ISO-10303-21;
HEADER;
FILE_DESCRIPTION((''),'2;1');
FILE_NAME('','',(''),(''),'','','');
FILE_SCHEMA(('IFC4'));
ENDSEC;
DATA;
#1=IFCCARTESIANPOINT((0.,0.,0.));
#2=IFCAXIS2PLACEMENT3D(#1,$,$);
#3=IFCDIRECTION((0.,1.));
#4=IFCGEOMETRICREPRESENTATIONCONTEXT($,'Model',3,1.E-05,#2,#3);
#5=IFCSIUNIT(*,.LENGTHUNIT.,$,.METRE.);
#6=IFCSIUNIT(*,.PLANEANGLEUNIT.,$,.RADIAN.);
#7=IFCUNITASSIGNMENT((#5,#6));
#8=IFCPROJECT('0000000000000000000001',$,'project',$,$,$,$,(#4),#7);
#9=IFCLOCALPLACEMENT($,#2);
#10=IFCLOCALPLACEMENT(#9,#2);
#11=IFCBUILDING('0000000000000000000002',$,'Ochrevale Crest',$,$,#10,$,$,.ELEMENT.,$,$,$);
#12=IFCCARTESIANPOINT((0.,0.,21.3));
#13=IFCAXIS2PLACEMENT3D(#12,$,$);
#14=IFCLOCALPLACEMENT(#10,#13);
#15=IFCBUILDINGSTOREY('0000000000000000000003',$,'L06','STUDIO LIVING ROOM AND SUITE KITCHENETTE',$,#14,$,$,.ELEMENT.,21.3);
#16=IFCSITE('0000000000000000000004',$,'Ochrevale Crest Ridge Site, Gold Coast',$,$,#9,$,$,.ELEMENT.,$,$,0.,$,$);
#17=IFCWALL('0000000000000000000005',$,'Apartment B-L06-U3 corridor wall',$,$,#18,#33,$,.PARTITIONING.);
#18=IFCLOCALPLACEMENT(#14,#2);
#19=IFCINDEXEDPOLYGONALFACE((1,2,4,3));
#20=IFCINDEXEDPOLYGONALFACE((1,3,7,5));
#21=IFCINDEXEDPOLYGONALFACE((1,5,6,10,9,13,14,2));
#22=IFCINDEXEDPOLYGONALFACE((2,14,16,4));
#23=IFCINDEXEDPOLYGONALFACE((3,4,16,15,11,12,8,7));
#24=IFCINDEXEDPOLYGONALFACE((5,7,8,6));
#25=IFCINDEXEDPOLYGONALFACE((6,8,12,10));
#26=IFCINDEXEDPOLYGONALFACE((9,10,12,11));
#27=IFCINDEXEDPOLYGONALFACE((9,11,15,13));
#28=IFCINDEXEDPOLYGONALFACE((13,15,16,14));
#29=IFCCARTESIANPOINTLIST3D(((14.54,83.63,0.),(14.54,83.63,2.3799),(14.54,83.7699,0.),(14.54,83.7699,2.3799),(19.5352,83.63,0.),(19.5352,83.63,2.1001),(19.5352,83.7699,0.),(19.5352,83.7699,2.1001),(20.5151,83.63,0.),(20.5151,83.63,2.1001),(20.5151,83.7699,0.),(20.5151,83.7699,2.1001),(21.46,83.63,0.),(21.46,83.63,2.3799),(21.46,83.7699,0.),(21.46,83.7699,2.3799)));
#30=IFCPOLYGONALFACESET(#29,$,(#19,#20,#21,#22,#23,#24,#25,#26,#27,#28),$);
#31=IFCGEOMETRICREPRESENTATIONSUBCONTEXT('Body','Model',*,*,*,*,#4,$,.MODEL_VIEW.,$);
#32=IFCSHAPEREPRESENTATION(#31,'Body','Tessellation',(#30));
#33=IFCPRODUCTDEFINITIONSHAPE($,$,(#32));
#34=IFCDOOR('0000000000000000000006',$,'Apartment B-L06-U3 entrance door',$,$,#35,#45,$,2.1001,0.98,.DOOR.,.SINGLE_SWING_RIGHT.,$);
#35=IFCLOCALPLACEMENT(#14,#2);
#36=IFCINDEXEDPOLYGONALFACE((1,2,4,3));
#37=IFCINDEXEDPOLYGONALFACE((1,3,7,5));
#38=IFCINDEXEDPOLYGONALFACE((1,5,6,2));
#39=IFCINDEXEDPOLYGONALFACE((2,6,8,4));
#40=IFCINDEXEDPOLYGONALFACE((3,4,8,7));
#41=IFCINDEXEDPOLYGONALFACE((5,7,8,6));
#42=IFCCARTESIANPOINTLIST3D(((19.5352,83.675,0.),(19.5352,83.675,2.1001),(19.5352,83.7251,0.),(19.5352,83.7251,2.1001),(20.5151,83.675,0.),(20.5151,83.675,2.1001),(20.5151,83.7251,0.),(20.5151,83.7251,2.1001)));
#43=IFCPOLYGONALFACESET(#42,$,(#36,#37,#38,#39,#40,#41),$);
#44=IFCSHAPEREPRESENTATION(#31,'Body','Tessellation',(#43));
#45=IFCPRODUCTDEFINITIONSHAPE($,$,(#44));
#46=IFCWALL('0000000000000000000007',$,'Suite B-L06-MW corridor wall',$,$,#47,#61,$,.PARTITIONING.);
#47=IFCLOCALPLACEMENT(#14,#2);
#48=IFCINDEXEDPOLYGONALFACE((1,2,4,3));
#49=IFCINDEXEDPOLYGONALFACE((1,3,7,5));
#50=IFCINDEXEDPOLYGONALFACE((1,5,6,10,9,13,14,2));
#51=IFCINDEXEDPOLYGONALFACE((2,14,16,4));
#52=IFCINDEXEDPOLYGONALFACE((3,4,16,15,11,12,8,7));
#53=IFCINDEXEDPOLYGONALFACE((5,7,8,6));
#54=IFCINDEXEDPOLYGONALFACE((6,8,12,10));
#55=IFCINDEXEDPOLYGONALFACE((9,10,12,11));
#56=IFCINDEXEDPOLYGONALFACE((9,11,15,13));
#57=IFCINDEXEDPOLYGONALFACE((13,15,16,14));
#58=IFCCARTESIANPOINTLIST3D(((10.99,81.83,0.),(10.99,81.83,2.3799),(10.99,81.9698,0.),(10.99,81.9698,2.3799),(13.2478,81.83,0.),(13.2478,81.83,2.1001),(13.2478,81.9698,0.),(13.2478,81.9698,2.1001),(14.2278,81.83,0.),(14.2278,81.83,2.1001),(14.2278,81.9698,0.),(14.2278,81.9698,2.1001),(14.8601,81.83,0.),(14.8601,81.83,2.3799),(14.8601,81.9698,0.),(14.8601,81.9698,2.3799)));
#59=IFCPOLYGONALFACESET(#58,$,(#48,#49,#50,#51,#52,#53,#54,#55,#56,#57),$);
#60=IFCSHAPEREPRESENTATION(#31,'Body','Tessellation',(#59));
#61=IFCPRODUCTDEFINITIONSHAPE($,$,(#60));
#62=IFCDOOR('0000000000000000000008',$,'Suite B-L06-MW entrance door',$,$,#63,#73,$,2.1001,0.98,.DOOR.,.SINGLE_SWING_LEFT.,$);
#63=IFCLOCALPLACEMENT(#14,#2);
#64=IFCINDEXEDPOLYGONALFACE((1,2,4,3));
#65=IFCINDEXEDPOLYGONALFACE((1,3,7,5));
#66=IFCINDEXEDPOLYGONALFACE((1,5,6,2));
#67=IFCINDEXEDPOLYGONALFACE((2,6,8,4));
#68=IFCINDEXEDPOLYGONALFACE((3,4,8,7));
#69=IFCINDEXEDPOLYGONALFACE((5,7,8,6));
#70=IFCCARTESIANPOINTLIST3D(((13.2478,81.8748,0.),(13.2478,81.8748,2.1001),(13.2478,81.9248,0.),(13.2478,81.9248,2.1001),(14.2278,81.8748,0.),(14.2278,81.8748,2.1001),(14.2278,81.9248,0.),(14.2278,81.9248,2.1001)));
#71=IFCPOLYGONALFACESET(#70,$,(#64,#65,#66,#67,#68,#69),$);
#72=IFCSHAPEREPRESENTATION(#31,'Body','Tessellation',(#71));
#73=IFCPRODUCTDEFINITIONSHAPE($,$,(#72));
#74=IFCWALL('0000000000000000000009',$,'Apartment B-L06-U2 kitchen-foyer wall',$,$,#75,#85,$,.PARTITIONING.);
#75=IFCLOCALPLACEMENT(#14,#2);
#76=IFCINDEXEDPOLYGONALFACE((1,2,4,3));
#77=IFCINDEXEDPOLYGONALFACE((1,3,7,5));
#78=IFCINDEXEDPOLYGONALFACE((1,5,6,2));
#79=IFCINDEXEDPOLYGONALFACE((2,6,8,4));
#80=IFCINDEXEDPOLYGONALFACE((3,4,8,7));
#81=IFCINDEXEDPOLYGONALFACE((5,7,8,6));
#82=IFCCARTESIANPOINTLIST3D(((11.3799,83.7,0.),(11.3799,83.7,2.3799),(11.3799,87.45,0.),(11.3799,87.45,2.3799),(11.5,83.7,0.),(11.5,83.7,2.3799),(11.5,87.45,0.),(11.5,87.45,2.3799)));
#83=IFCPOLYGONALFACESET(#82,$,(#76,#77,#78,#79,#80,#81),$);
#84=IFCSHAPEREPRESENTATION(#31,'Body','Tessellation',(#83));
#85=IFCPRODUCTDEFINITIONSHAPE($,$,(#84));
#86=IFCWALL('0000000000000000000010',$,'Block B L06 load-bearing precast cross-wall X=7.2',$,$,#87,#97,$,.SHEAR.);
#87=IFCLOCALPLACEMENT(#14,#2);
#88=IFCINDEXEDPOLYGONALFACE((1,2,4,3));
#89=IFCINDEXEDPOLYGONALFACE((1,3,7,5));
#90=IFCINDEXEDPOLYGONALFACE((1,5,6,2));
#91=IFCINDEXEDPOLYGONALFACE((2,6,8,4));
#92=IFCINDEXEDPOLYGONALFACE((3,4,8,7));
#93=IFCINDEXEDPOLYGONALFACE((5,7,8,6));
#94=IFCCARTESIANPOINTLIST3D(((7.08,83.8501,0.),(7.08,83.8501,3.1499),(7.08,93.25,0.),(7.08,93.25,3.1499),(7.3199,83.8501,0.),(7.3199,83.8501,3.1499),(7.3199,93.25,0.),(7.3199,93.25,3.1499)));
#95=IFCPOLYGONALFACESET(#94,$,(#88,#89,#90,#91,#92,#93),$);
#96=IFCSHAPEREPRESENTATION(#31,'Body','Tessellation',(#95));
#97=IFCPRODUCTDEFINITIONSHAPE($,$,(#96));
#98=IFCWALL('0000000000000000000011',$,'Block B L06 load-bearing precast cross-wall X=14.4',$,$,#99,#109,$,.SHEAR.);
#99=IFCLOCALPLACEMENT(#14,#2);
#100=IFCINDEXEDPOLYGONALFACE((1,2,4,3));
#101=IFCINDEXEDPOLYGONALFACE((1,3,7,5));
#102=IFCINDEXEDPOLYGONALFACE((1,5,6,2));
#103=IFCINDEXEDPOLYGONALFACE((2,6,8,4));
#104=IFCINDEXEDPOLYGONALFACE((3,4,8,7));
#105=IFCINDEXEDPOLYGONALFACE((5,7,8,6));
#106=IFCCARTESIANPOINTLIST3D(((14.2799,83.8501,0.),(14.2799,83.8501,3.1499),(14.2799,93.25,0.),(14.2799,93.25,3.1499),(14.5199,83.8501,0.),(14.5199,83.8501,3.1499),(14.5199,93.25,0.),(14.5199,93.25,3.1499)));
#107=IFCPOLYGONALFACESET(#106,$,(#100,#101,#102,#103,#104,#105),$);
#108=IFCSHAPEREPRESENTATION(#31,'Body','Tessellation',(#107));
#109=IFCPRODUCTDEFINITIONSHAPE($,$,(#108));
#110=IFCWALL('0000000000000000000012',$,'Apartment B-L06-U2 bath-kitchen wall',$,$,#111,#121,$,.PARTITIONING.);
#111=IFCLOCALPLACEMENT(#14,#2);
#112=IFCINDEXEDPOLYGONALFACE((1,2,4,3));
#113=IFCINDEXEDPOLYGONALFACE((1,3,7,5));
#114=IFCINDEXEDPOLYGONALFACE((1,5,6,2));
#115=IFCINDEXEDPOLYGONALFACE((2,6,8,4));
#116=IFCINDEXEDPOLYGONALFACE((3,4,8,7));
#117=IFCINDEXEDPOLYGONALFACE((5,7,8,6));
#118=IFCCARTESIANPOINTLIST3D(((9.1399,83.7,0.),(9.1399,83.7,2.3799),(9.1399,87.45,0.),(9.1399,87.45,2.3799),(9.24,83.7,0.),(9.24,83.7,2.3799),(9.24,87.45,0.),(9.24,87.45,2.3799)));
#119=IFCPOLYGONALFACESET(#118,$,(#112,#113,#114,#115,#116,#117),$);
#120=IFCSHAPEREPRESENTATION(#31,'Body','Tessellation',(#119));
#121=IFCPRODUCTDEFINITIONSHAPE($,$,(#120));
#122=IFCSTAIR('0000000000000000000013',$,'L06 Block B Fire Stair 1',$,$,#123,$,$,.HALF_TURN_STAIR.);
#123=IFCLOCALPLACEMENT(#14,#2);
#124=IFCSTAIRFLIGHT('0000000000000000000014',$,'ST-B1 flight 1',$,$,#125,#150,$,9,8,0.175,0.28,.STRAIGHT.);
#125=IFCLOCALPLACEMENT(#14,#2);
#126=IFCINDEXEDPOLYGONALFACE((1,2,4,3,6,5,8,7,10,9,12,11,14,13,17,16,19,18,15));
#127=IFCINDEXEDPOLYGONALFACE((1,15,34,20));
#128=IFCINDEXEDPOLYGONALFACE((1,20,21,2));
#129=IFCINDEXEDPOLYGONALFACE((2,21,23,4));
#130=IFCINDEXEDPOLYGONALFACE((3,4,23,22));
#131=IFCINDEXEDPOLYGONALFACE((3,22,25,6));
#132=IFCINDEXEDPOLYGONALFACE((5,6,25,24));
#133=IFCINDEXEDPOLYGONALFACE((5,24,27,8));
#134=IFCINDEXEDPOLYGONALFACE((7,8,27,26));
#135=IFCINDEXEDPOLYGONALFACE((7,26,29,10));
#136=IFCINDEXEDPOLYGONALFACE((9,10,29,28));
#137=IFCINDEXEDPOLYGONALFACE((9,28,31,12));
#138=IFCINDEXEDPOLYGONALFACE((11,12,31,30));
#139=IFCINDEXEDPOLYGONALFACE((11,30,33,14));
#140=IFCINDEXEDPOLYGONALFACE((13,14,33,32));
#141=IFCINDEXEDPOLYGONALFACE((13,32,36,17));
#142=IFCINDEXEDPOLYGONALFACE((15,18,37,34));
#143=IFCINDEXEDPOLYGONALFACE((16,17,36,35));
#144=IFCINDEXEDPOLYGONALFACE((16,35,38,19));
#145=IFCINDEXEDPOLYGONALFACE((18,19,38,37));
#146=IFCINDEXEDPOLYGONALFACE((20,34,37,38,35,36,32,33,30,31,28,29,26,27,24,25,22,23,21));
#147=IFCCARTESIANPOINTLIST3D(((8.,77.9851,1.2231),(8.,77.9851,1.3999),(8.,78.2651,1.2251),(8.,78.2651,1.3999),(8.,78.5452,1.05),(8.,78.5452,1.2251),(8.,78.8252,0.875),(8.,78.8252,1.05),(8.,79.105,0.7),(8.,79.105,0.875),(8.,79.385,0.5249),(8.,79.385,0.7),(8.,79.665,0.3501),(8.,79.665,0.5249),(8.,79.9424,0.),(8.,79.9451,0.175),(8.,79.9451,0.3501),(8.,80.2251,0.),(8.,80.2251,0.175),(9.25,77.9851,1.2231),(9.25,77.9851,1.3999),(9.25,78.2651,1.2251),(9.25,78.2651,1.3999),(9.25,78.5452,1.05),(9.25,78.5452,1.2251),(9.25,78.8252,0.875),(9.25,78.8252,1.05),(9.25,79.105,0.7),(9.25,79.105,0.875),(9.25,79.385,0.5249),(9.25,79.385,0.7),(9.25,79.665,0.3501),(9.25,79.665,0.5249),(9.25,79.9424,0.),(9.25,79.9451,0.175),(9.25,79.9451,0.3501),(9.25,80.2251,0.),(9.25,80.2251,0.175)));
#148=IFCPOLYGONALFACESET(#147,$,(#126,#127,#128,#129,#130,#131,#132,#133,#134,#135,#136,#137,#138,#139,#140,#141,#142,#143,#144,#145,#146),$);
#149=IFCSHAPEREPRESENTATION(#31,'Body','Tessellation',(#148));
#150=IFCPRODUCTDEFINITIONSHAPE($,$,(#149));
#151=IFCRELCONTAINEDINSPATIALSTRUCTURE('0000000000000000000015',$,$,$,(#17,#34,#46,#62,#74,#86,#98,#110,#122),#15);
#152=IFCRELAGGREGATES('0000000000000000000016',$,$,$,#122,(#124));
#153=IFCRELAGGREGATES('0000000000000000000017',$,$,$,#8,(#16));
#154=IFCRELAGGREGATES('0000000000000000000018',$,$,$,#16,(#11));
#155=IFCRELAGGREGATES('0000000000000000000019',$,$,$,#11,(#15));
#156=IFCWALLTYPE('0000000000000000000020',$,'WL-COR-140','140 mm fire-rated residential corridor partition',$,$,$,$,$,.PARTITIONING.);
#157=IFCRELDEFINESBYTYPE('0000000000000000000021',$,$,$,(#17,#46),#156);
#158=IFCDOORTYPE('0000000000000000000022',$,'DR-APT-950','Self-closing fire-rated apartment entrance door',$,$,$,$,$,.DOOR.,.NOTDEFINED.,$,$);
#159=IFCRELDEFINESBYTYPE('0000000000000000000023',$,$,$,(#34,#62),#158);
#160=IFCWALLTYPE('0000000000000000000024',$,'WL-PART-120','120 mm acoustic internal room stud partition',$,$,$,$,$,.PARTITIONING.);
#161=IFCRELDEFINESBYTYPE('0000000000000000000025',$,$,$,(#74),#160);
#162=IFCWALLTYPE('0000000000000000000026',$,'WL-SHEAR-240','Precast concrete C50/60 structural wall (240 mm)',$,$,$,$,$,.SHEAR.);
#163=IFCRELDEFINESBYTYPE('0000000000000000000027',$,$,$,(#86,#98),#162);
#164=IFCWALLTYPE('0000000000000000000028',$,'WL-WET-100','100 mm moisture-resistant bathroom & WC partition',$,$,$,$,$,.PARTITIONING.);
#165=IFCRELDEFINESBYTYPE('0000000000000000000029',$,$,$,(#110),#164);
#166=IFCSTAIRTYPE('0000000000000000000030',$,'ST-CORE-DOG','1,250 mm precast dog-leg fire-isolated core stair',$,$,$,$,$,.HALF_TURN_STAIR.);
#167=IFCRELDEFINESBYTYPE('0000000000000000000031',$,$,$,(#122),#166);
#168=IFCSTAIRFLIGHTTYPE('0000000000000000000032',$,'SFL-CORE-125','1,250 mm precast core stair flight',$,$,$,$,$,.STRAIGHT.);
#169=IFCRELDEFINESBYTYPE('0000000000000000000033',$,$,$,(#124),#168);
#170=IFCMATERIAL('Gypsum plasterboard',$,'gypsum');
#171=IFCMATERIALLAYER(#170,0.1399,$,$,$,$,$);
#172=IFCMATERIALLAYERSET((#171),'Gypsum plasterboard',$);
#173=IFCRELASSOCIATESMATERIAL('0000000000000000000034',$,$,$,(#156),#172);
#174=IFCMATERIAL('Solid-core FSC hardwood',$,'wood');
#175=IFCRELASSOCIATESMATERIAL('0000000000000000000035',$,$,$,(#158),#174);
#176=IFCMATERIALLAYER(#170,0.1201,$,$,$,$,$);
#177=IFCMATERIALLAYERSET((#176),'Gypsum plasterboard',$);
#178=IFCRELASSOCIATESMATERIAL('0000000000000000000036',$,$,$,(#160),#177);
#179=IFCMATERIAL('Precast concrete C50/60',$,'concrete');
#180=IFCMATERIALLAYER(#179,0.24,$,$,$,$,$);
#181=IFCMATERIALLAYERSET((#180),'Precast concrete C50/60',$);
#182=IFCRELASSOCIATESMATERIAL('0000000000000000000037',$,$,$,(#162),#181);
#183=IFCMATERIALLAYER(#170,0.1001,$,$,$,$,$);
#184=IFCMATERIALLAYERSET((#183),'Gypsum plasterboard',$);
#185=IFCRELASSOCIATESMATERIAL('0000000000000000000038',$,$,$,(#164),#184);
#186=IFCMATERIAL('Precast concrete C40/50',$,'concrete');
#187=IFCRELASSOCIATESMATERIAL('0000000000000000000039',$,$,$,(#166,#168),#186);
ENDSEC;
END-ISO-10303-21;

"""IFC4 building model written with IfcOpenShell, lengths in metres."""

from ifc_helpers import new_model, si_unit, direction, frame, frame_2d, origin, place, context, subcontext, project, spatial, polyline, rectangle, outline, extrude, material, layer, layer_set, type_object, element, fill, aggregate, save


model = new_model("IFC4")

# Units and contexts
model_context = context("Model", 3, precision=1e-05, world=origin(), true_north=direction((0.0, 1.0)))
body_context = subcontext(model_context, "Body", "Model", "MODEL_VIEW")
ifc_project = project(units=[si_unit("LENGTHUNIT", "METRE"), si_unit("PLANEANGLEUNIT", "RADIAN")], contexts=[model_context])

# Site, building, storey
site_placement = place(None, origin())
site = spatial("IfcSite", under=ifc_project, at=site_placement, Name="Ochrevale Crest Ridge Site, Gold Coast", CompositionType="ELEMENT", RefElevation=0.0)
building_placement = place(site_placement, origin())
building = spatial("IfcBuilding", under=site, at=building_placement, Name="Ochrevale Crest", CompositionType="ELEMENT")
storey_placement = place(building_placement, frame((0.0, 0.0, 21.3)))
storey = spatial("IfcBuildingStorey", under=building, at=storey_placement, Name="L06", Description="STUDIO LIVING ROOM AND SUITE KITCHENETTE", CompositionType="ELEMENT", Elevation=21.3)

# Shared definitions
ifc_material_1 = material(Name="Precast concrete C50/60", Category="concrete")

# Walls, openings, doors
ifc_material_2 = material(Name="Gypsum plasterboard", Category="gypsum")
ifc_layer_1 = layer(ifc_material_2, 0.1399)
ifc_layer_set_1 = layer_set([ifc_layer_1], Name="Gypsum plasterboard")
wall_type_1 = type_object("IfcWallType", Name="WL-COR-140", Description="140 mm fire-rated residential corridor partition", PredefinedType="PARTITIONING", material=ifc_layer_set_1)
ifc_material_3 = material(Name="Solid-core FSC hardwood", Category="wood")
door_type_1 = type_object("IfcDoorType", Name="DR-APT-950", Description="Self-closing fire-rated apartment entrance door", OperationType="NOTDEFINED", PredefinedType="DOOR", material=ifc_material_3)
wall_1_placement = place(storey_placement, frame((14.54, 83.7, 0.0), z_axis=(0.0, 0.0, 1.0), x_axis=(1.0, 0.0, 0.0)))
wall_1 = element("IfcWall", 1, at=wall_1_placement, inside=storey, type_object=wall_type_1, Name="Apartment B-L06-U3 corridor wall", PredefinedType="PARTITIONING", context=body_context, shape_type="SweptSolid", body=[
    extrude(rectangle(XDim=6.9199, YDim=0.1399, at=frame_2d((3.46, 0.0))), origin(), (0.0, 0.0, 1.0), 2.3799),
])
opening_1_placement = place(wall_1_placement, frame((5.9751, 0.0, 0.0), z_axis=(0.0, 0.0, 1.0), x_axis=(-1.0, 0.0, 0.0)))
opening_1 = element("IfcOpeningElement", 2, at=opening_1_placement, cuts=wall_1, PredefinedType="OPENING", context=body_context, shape_type="SweptSolid", body=[
    extrude(rectangle(XDim=0.98, YDim=2.1001, at=frame_2d((0.49, 1.05))), frame((0.0, 0.0801, 0.0), z_axis=(0.0, -1.0, 0.0), x_axis=(1.0, 0.0, 0.0)), (0.0, 0.0, 1.0), 0.1599),
])
door_1_placement = place(opening_1_placement, origin())
door_1 = element("IfcDoor", 3, at=door_1_placement, inside=storey, type_object=door_type_1, Name="Apartment B-L06-U3 entrance door", OperationType="SINGLE_SWING_RIGHT", OverallHeight=2.1001, OverallWidth=0.98, PredefinedType="DOOR", context=body_context, shape_type="SweptSolid", body=[
    extrude(rectangle(XDim=0.98, YDim=2.1001, at=frame_2d((0.49, 1.05))), frame((0.0, 0.0249, 0.0), z_axis=(0.0, -1.0, 0.0), x_axis=(1.0, 0.0, 0.0)), (0.0, 0.0, 1.0), 0.05),
])
fill(opening_1, door_1)
wall_2_placement = place(storey_placement, frame((10.99, 81.8999, 0.0), z_axis=(0.0, 0.0, 1.0), x_axis=(1.0, 0.0, 0.0)))
wall_2 = element("IfcWall", 4, at=wall_2_placement, inside=storey, type_object=wall_type_1, Name="Suite B-L06-MW corridor wall", PredefinedType="PARTITIONING", context=body_context, shape_type="SweptSolid", body=[
    extrude(rectangle(XDim=3.8701, YDim=0.1399, at=frame_2d((1.9351, 0.0))), origin(), (0.0, 0.0, 1.0), 2.3799),
])
opening_2_placement = place(wall_2_placement, frame((2.2578, 0.0, 0.0)))
opening_2 = element("IfcOpeningElement", 5, at=opening_2_placement, cuts=wall_2, PredefinedType="OPENING", context=body_context, shape_type="SweptSolid", body=[
    extrude(rectangle(XDim=0.98, YDim=2.1001, at=frame_2d((0.49, 1.05))), frame((0.0, 0.0801, 0.0), z_axis=(0.0, -1.0, 0.0), x_axis=(1.0, 0.0, 0.0)), (0.0, 0.0, 1.0), 0.1599),
])
door_2_placement = place(opening_2_placement, origin())
door_2 = element("IfcDoor", 6, at=door_2_placement, inside=storey, type_object=door_type_1, Name="Suite B-L06-MW entrance door", OperationType="SINGLE_SWING_LEFT", OverallHeight=2.1001, OverallWidth=0.98, PredefinedType="DOOR", context=body_context, shape_type="SweptSolid", body=[
    extrude(rectangle(XDim=0.98, YDim=2.1001, at=frame_2d((0.49, 1.05))), frame((0.0, 0.0249, 0.0), z_axis=(0.0, -1.0, 0.0), x_axis=(1.0, 0.0, 0.0)), (0.0, 0.0, 1.0), 0.05),
])
fill(opening_2, door_2)

# Walls
ifc_layer_2 = layer(ifc_material_2, 0.1201)
ifc_layer_set_2 = layer_set([ifc_layer_2], Name="Gypsum plasterboard")
wall_type_2 = type_object("IfcWallType", Name="WL-PART-120", Description="120 mm acoustic internal room stud partition", PredefinedType="PARTITIONING", material=ifc_layer_set_2)
wall_3_placement = place(storey_placement, frame((11.4399, 83.7, 0.0), z_axis=(0.0, 0.0, 1.0), x_axis=(0.0, 1.0, 0.0)))
element("IfcWall", 7, at=wall_3_placement, inside=storey, type_object=wall_type_2, Name="Apartment B-L06-U2 kitchen-foyer wall", PredefinedType="PARTITIONING", context=body_context, shape_type="SweptSolid", body=[
    extrude(rectangle(XDim=3.75, YDim=0.1201, at=frame_2d((1.875, 0.0))), origin(), (0.0, 0.0, 1.0), 2.3799),
])
ifc_layer_3 = layer(ifc_material_1, 0.24)
ifc_layer_set_3 = layer_set([ifc_layer_3], Name="Precast concrete C50/60")
wall_type_3 = type_object("IfcWallType", Name="WL-SHEAR-240", Description="Precast concrete C50/60 structural wall (240 mm)", PredefinedType="SHEAR", material=ifc_layer_set_3)
for number, where, z_axis, x_axis, name in (
    (8, (7.2, 83.8501, 0.0), (0.0, 0.0, 1.0), (0.0, 1.0, 0.0), "Block B L06 load-bearing precast cross-wall X=7.2"),
    (9, (14.3999, 83.8501, 0.0), (0.0, 0.0, 1.0), (0.0, 1.0, 0.0), "Block B L06 load-bearing precast cross-wall X=14.4"),
):
    element("IfcWall", number, at=place(storey_placement, frame(where, z_axis=z_axis, x_axis=x_axis)), inside=storey, type_object=wall_type_3, Name=name, PredefinedType="SHEAR", context=body_context, shape_type="SweptSolid", body=[
        extrude(rectangle(XDim=9.3999, YDim=0.24, at=frame_2d((4.7, 0.0))), origin(), (0.0, 0.0, 1.0), 3.1499),
    ])
ifc_layer_4 = layer(ifc_material_2, 0.1001)
ifc_layer_set_4 = layer_set([ifc_layer_4], Name="Gypsum plasterboard")
wall_type_4 = type_object("IfcWallType", Name="WL-WET-100", Description="100 mm moisture-resistant bathroom & WC partition", PredefinedType="PARTITIONING", material=ifc_layer_set_4)
wall_4_placement = place(storey_placement, frame((9.1899, 83.7, 0.0), z_axis=(0.0, 0.0, 1.0), x_axis=(0.0, 1.0, 0.0)))
element("IfcWall", 10, at=wall_4_placement, inside=storey, type_object=wall_type_4, Name="Apartment B-L06-U2 bath-kitchen wall", PredefinedType="PARTITIONING", context=body_context, shape_type="SweptSolid", body=[
    extrude(rectangle(XDim=3.75, YDim=0.1001, at=frame_2d((1.875, 0.0))), origin(), (0.0, 0.0, 1.0), 2.3799),
])

# Stair, stair flight
ifc_material_4 = material(Name="Precast concrete C40/50", Category="concrete")
stair_type = type_object("IfcStairType", Name="ST-CORE-DOG", Description="1,250 mm precast dog-leg fire-isolated core stair", PredefinedType="HALF_TURN_STAIR", material=ifc_material_4)
stair_placement = place(storey_placement, origin())
stair = element("IfcStair", 11, at=stair_placement, inside=storey, type_object=stair_type, Name="L06 Block B Fire Stair 1", PredefinedType="HALF_TURN_STAIR")
stair_flight_type = type_object("IfcStairFlightType", Name="SFL-CORE-125", Description="1,250 mm precast core stair flight", PredefinedType="STRAIGHT", material=ifc_material_4)
stair_flight_placement = place(storey_placement, frame((8.625, 80.2251, 0.0), z_axis=(0.0, 0.0, 1.0), x_axis=(0.0, -1.0, 0.0)))
stair_flight = element("IfcStairFlight", 12, at=stair_flight_placement, type_object=stair_flight_type, Name="ST-B1 flight 1", NumberOfRisers=9, NumberOfTreads=8, PredefinedType="STRAIGHT", RiserHeight=0.175, TreadLength=0.28, context=body_context, shape_type="SweptSolid", body=[
    extrude(outline(polyline([(0.0, 0.0), (0.0, 0.175), (0.28, 0.175), (0.28, 0.3501), (0.5601, 0.3501), (0.5601, 0.5249), (0.8401, 0.5249), (0.8401, 0.7), (1.1201, 0.7), (1.1201, 0.875), (1.3999, 0.875), (1.3999, 1.05), (1.6799, 1.05), (1.6799, 1.2251), (1.96, 1.2251), (1.96, 1.3999), (2.24, 1.3999), (2.24, 1.575), (2.24, 1.2231), (0.2827, 0.0), (0.0, 0.0)])), frame((0.0, 0.625, 0.0), z_axis=(0.0, -1.0, 0.0), x_axis=(1.0, 0.0, 0.0)), (0.0, 0.0, 1.0), 1.25),
])
aggregate(stair, [stair_flight])

save(model, "model.ifc")
